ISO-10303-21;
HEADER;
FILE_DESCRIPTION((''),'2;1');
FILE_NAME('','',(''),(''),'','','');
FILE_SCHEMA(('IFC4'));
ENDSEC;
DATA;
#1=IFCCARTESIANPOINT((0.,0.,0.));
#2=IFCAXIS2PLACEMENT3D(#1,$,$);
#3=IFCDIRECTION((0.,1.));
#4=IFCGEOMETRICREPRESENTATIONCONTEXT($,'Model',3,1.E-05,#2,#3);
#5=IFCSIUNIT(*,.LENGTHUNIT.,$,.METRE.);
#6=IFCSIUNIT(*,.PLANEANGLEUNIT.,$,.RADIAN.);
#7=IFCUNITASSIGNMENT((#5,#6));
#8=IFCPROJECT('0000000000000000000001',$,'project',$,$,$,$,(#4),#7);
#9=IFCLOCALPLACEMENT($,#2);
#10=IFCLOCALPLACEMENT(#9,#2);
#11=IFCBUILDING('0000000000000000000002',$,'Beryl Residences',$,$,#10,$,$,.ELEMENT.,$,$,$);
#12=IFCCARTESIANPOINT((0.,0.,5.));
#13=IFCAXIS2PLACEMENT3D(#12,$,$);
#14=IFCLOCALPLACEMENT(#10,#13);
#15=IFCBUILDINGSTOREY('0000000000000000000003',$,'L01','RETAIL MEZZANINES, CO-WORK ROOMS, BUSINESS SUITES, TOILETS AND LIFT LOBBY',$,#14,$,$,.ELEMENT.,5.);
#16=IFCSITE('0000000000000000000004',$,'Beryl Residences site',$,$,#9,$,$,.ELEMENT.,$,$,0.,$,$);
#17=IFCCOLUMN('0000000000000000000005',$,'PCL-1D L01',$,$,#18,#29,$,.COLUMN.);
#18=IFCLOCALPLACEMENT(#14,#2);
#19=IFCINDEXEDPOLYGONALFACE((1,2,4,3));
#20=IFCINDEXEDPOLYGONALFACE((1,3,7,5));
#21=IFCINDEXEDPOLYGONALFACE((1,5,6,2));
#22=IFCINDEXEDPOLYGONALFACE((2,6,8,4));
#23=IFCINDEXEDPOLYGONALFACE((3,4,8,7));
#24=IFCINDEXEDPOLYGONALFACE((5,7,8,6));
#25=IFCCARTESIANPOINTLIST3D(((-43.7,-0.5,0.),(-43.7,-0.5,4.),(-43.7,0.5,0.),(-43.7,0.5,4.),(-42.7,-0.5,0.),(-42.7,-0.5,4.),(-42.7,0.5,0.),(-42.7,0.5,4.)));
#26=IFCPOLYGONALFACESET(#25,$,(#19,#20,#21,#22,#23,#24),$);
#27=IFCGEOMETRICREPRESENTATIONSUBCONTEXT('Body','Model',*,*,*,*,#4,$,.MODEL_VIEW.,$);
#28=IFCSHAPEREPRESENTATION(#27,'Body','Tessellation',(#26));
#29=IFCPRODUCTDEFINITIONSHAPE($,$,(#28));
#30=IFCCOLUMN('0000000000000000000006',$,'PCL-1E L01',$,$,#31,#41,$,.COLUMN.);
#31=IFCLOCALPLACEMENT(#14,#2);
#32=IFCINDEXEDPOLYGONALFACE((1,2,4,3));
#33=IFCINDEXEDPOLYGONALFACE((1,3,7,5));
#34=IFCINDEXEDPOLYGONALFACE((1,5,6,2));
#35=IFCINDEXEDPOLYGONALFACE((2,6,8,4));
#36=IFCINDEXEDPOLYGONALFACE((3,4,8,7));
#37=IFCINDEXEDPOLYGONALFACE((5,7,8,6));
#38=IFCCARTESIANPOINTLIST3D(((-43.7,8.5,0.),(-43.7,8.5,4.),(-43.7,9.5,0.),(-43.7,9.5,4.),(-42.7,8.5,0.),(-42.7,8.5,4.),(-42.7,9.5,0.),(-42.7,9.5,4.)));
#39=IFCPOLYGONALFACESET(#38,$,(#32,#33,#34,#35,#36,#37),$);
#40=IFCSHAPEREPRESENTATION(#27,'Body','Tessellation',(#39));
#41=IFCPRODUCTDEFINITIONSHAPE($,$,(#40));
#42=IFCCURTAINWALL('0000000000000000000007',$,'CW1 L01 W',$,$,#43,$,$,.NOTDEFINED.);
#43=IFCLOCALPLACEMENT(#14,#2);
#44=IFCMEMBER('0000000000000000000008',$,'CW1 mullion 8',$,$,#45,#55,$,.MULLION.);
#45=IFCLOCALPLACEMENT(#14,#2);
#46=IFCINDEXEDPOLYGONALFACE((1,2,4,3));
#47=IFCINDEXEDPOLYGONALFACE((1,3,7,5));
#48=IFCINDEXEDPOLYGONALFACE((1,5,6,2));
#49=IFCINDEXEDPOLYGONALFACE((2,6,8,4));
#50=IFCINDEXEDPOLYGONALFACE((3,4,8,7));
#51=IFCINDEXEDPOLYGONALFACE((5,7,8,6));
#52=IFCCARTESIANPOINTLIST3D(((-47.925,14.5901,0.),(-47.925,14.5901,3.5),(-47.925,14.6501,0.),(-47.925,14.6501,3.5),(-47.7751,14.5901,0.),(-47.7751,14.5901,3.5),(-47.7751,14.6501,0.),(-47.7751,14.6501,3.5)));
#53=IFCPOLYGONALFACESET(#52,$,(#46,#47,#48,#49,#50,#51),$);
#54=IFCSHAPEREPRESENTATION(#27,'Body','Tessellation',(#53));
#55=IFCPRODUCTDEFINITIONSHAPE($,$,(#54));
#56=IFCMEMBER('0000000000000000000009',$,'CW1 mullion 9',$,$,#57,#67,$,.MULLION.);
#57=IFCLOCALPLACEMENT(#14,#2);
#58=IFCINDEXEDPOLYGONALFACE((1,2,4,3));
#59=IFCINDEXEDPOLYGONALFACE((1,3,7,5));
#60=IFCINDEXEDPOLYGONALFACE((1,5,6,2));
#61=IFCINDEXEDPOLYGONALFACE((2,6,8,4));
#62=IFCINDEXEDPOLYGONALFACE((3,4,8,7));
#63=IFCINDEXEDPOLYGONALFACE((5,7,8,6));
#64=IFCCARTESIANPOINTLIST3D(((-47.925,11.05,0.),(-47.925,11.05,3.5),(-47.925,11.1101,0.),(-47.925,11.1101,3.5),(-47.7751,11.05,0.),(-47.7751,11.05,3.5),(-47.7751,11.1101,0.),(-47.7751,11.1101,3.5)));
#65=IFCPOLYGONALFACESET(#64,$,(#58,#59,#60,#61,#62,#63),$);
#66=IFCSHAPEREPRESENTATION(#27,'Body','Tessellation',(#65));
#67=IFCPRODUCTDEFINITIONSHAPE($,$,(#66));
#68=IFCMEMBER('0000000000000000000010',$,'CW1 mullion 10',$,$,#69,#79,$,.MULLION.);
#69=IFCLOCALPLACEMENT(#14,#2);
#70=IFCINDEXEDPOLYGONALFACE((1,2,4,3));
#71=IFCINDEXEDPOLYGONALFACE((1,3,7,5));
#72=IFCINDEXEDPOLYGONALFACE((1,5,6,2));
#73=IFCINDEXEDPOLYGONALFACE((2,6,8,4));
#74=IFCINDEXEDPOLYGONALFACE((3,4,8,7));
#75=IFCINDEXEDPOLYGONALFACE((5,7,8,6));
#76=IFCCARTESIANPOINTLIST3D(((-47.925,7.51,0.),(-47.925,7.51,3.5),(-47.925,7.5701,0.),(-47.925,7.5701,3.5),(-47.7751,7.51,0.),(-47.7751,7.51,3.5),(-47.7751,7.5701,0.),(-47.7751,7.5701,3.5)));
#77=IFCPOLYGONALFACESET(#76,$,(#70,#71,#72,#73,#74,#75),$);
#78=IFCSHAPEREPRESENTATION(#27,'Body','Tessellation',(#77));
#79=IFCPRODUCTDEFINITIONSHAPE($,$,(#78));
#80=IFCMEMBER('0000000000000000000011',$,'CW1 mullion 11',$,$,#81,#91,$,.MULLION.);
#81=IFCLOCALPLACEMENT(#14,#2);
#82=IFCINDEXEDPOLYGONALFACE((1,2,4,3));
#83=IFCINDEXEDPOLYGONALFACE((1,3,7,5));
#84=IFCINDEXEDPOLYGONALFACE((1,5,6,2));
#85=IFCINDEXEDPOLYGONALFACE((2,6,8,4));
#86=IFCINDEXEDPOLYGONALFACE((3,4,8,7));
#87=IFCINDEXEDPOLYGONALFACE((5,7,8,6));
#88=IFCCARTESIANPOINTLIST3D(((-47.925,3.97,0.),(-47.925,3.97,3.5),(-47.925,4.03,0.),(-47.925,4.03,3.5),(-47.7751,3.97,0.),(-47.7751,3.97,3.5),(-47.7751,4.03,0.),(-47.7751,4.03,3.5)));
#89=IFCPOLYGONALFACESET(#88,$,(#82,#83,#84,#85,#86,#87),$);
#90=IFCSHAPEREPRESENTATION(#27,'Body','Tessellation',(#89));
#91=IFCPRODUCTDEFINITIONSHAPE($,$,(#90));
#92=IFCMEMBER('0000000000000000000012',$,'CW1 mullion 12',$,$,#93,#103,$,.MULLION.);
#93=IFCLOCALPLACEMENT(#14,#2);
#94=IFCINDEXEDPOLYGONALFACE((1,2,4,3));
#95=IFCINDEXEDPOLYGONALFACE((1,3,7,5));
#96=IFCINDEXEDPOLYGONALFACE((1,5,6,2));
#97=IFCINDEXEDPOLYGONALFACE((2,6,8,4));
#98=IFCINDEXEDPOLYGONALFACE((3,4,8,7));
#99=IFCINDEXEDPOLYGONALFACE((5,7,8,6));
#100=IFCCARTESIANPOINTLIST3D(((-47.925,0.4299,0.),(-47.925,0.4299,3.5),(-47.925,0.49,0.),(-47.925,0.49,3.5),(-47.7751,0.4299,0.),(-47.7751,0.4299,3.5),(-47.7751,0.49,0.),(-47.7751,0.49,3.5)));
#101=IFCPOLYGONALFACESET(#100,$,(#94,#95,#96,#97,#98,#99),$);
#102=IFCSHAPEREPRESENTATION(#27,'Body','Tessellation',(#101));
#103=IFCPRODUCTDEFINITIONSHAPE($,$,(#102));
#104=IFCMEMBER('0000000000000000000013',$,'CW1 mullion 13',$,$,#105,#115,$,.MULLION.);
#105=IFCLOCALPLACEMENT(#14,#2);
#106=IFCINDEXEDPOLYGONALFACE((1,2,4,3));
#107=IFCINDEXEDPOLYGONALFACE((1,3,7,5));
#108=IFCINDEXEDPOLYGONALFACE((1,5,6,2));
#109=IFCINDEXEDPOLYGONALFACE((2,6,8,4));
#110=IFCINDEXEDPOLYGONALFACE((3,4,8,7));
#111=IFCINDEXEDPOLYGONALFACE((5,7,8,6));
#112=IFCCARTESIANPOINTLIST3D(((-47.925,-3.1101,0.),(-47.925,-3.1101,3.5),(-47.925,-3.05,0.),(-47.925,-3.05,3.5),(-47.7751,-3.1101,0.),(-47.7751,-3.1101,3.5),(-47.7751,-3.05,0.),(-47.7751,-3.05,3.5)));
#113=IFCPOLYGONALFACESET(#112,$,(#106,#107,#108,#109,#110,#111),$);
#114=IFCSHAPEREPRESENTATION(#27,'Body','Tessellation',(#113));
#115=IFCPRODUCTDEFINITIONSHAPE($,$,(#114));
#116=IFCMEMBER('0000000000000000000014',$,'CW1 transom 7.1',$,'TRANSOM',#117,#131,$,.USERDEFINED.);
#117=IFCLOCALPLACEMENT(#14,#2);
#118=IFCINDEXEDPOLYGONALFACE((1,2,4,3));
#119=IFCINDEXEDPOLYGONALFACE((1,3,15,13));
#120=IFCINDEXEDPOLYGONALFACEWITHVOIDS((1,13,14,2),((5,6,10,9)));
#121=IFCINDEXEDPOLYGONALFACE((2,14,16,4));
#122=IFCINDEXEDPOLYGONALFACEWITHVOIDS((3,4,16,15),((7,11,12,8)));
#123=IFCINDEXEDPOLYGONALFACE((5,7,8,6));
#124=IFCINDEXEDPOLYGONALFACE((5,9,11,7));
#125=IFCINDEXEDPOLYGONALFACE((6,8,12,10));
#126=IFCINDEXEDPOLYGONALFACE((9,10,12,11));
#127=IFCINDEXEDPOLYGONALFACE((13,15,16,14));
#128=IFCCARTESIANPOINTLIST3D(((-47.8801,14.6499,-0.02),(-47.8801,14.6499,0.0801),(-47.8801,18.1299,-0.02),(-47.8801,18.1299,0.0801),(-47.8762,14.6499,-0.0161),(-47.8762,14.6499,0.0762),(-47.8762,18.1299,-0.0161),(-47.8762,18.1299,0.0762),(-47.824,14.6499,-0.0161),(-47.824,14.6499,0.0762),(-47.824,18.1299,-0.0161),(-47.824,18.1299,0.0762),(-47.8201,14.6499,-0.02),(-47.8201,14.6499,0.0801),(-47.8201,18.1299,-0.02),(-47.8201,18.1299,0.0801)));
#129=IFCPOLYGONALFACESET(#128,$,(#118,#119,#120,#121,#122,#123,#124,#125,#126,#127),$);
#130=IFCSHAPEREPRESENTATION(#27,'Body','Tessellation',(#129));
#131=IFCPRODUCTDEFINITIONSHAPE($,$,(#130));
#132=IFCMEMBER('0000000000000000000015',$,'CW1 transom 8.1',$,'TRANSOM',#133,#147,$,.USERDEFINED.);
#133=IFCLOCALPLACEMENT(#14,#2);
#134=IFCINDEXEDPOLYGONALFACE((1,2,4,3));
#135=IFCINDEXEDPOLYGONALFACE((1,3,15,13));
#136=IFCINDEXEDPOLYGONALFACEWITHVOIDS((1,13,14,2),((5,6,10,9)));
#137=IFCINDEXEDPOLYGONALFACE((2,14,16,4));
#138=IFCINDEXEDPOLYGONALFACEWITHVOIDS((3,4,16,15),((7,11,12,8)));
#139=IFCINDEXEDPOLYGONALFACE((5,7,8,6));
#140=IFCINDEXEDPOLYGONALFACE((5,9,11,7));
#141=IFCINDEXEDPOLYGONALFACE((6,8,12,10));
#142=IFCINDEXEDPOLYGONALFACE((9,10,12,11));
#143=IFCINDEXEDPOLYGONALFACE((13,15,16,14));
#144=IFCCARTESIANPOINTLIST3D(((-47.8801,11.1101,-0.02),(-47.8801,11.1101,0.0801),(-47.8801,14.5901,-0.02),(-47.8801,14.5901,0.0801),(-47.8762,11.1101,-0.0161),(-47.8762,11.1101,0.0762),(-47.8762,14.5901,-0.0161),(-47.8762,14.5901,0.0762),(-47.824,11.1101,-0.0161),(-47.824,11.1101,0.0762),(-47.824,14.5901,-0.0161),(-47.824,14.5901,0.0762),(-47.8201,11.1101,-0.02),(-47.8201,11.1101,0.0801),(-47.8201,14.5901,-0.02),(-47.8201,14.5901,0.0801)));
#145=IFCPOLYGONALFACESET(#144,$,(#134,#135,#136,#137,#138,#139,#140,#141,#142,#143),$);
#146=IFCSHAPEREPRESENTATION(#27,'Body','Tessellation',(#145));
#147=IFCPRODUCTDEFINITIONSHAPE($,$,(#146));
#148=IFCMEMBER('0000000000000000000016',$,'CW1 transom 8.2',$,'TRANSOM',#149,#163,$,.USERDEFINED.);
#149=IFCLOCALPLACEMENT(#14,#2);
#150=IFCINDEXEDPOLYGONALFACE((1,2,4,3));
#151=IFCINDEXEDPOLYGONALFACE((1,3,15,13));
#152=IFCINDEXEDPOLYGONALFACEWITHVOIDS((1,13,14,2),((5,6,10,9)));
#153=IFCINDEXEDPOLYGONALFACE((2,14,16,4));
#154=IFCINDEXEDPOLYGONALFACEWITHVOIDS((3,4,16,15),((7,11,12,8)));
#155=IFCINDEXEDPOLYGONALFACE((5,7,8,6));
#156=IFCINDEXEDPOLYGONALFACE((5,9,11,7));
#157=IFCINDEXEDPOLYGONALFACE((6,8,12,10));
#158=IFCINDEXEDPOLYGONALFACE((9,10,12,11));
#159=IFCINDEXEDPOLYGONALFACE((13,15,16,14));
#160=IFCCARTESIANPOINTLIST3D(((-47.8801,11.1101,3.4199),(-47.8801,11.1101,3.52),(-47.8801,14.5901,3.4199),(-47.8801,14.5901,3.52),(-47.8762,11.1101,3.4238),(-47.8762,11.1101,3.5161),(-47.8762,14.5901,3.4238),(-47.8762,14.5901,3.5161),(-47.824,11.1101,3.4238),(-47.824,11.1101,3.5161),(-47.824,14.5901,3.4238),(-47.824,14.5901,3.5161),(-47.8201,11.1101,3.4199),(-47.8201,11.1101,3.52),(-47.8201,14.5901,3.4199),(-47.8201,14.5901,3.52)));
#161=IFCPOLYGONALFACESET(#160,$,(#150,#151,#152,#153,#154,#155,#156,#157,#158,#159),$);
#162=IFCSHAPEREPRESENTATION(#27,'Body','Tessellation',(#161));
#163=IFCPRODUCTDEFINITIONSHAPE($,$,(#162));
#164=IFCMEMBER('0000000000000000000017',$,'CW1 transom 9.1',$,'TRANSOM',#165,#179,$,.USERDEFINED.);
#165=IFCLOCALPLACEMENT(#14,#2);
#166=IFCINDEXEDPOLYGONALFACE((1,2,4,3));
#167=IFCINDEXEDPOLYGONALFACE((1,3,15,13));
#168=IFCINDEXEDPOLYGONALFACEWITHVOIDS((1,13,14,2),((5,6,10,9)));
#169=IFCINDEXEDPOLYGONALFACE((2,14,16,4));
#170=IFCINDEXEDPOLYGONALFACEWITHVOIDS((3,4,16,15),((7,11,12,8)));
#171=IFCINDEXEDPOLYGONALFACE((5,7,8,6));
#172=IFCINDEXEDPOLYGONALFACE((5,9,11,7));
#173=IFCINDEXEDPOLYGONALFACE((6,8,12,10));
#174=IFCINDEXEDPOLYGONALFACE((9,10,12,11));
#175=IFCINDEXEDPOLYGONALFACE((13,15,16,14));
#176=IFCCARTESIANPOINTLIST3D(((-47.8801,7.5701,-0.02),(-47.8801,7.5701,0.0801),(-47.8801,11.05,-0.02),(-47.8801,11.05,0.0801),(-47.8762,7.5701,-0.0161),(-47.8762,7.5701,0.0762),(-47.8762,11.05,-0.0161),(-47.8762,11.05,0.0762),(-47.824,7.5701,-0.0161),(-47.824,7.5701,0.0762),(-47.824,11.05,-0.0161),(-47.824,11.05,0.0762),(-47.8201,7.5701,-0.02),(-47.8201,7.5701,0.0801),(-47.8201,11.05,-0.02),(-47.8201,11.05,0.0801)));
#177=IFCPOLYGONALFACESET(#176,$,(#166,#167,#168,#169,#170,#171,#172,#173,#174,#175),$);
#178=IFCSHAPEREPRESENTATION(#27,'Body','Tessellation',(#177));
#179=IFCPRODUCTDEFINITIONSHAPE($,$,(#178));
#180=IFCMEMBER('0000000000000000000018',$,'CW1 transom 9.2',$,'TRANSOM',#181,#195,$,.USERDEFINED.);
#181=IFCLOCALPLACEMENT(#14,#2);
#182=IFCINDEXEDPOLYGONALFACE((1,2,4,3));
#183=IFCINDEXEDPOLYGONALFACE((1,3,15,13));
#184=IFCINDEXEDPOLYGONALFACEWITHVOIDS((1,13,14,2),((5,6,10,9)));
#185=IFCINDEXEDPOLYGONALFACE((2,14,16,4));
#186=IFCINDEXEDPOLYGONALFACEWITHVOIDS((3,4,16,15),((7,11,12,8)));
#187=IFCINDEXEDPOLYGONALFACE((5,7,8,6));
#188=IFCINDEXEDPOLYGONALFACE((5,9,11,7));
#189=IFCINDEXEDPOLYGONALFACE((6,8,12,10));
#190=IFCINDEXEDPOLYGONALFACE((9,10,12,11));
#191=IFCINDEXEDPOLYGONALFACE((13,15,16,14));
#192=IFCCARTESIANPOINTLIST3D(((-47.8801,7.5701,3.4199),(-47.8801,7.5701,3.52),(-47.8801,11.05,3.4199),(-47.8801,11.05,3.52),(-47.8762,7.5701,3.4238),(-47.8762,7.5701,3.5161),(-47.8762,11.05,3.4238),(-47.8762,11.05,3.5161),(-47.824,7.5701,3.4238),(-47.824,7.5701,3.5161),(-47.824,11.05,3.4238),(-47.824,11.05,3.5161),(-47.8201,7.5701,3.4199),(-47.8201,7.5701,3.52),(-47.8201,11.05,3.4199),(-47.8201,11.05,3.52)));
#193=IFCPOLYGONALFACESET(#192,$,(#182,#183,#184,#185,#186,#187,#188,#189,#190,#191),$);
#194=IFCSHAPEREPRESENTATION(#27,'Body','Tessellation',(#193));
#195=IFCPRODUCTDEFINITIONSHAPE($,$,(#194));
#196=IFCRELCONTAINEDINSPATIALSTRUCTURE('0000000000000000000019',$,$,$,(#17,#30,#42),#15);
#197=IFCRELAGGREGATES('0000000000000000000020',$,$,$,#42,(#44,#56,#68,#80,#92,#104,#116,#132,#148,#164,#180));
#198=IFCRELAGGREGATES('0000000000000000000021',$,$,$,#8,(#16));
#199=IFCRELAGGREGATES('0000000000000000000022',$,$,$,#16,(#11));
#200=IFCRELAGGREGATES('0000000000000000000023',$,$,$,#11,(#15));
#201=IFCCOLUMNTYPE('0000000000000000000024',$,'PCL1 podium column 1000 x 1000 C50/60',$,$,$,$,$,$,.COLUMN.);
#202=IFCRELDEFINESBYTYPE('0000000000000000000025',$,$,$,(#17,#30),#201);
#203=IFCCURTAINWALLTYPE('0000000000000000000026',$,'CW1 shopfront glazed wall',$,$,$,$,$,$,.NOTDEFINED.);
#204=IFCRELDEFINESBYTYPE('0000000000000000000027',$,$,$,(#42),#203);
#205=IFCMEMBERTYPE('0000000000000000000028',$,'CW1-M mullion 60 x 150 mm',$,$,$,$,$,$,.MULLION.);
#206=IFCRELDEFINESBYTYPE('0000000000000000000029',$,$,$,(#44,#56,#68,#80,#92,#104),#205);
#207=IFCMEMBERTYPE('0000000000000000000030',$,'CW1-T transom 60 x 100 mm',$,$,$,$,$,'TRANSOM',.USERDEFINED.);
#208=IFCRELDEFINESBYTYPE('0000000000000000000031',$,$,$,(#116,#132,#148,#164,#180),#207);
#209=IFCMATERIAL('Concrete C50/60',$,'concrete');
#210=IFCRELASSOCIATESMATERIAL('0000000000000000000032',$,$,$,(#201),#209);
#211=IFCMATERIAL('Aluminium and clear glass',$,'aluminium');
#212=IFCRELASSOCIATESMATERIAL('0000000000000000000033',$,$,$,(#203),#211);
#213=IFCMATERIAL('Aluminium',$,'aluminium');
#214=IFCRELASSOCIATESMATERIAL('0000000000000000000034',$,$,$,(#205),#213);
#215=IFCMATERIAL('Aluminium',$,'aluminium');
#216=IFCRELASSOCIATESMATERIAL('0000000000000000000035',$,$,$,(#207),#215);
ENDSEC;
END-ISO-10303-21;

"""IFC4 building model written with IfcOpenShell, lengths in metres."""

from ifc_helpers import new_model, si_unit, direction, frame, origin, origin_2d, place, context, subcontext, project, spatial, rectangle, hollow_rectangle, extrude, material, material_profile, profile_set, type_object, element, aggregate, save


model = new_model("IFC4")

# Units and contexts
model_context = context("Model", 3, precision=1e-05, world=origin(), true_north=direction((0.0, 1.0)))
body_context = subcontext(model_context, "Body", "Model", "MODEL_VIEW")
ifc_project = project(units=[si_unit("LENGTHUNIT", "METRE"), si_unit("PLANEANGLEUNIT", "RADIAN")], contexts=[model_context])

# Site, building, storey
site_placement = place(None, origin())
site = spatial("IfcSite", under=ifc_project, at=site_placement, Name="Beryl Residences site", CompositionType="ELEMENT", RefElevation=0.0)
building_placement = place(site_placement, origin())
building = spatial("IfcBuilding", under=site, at=building_placement, Name="Beryl Residences", CompositionType="ELEMENT")
storey_placement = place(building_placement, frame((0.0, 0.0, 5.0)))
storey = spatial("IfcBuildingStorey", under=building, at=storey_placement, Name="L01", Description="RETAIL MEZZANINES, CO-WORK ROOMS, BUSINESS SUITES, TOILETS AND LIFT LOBBY", CompositionType="ELEMENT", Elevation=5.0)

# Columns
ifc_material_1 = material(Name="Concrete C50/60", Category="concrete")
ifc_material_profile_1 = material_profile(ifc_material_1, rectangle(XDim=1.0, YDim=1.0, at=origin_2d()))
ifc_profile_set_1 = profile_set([ifc_material_profile_1], Name="Concrete C50/60")
column_type = type_object("IfcColumnType", Name="PCL1 podium column 1000 x 1000 C50/60", PredefinedType="COLUMN", material=ifc_profile_set_1)
for number, where, z_axis, x_axis, name in (
    (1, (-43.2, 0.0, 0.0), (0.0, 0.0, 1.0), (1.0, 0.0, 0.0), "PCL-1D L01"),
    (2, (-43.2, 9.0, 0.0), (0.0, 0.0, 1.0), (1.0, 0.0, 0.0), "PCL-1E L01"),
):
    element("IfcColumn", number, at=place(storey_placement, frame(where, z_axis=z_axis, x_axis=x_axis)), inside=storey, type_object=column_type, Name=name, PredefinedType="COLUMN", context=body_context, shape_type="SweptSolid", body=[
        extrude(rectangle(XDim=1.0, YDim=1.0, at=origin_2d()), origin(), (0.0, 0.0, 1.0), 4.0),
    ])

# Curtain wall, members
ifc_material_2 = material(Name="Aluminium and clear glass", Category="aluminium")
curtain_wall_type = type_object("IfcCurtainWallType", Name="CW1 shopfront glazed wall", PredefinedType="NOTDEFINED", material=ifc_material_2)
curtain_wall_placement = place(storey_placement, origin())
curtain_wall = element("IfcCurtainWall", 3, at=curtain_wall_placement, inside=storey, type_object=curtain_wall_type, Name="CW1 L01 W", PredefinedType="NOTDEFINED")
ifc_material_3 = material(Name="Aluminium", Category="aluminium")
ifc_material_profile_2 = material_profile(ifc_material_3, rectangle(XDim=0.0601, YDim=0.1499, at=origin_2d()))
ifc_profile_set_2 = profile_set([ifc_material_profile_2], Name="Aluminium")
member_type_1 = type_object("IfcMemberType", Name="CW1-M mullion 60 x 150 mm", PredefinedType="MULLION", material=ifc_profile_set_2)
member_1_placement = place(storey_placement, frame((-47.8501, 14.6201, 0.0), z_axis=(0.0, 0.0, 1.0), x_axis=(0.0, -1.0, 0.0)))
member_1 = element("IfcMember", 4, at=member_1_placement, type_object=member_type_1, Name="CW1 mullion 8", PredefinedType="MULLION", context=body_context, shape_type="SweptSolid", body=[
    extrude(rectangle(XDim=0.0601, YDim=0.1499, at=origin_2d()), origin(), (0.0, 0.0, 1.0), 3.5),
])
member_2_placement = place(storey_placement, frame((-47.8501, 11.0801, 0.0), z_axis=(0.0, 0.0, 1.0), x_axis=(0.0, -1.0, 0.0)))
member_2 = element("IfcMember", 5, at=member_2_placement, type_object=member_type_1, Name="CW1 mullion 9", PredefinedType="MULLION", context=body_context, shape_type="SweptSolid", body=[
    extrude(rectangle(XDim=0.0601, YDim=0.1499, at=origin_2d()), origin(), (0.0, 0.0, 1.0), 3.5),
])
member_3_placement = place(storey_placement, frame((-47.8501, 7.54, 0.0), z_axis=(0.0, 0.0, 1.0), x_axis=(0.0, -1.0, 0.0)))
member_3 = element("IfcMember", 6, at=member_3_placement, type_object=member_type_1, Name="CW1 mullion 10", PredefinedType="MULLION", context=body_context, shape_type="SweptSolid", body=[
    extrude(rectangle(XDim=0.0601, YDim=0.1499, at=origin_2d()), origin(), (0.0, 0.0, 1.0), 3.5),
])
member_4_placement = place(storey_placement, frame((-47.8501, 4.0, 0.0), z_axis=(0.0, 0.0, 1.0), x_axis=(0.0, -1.0, 0.0)))
member_4 = element("IfcMember", 7, at=member_4_placement, type_object=member_type_1, Name="CW1 mullion 11", PredefinedType="MULLION", context=body_context, shape_type="SweptSolid", body=[
    extrude(rectangle(XDim=0.0601, YDim=0.1499, at=origin_2d()), origin(), (0.0, 0.0, 1.0), 3.5),
])
member_5_placement = place(storey_placement, frame((-47.8501, 0.46, 0.0), z_axis=(0.0, 0.0, 1.0), x_axis=(0.0, -1.0, 0.0)))
member_5 = element("IfcMember", 8, at=member_5_placement, type_object=member_type_1, Name="CW1 mullion 12", PredefinedType="MULLION", context=body_context, shape_type="SweptSolid", body=[
    extrude(rectangle(XDim=0.0601, YDim=0.1499, at=origin_2d()), origin(), (0.0, 0.0, 1.0), 3.5),
])
member_6_placement = place(storey_placement, frame((-47.8501, -3.0801, 0.0), z_axis=(0.0, 0.0, 1.0), x_axis=(0.0, -1.0, 0.0)))
member_6 = element("IfcMember", 9, at=member_6_placement, type_object=member_type_1, Name="CW1 mullion 13", PredefinedType="MULLION", context=body_context, shape_type="SweptSolid", body=[
    extrude(rectangle(XDim=0.0601, YDim=0.1499, at=origin_2d()), origin(), (0.0, 0.0, 1.0), 3.5),
])
ifc_material_4 = material(Name="Aluminium", Category="aluminium")
ifc_material_profile_3 = material_profile(ifc_material_4, hollow_rectangle(XDim=0.0601, YDim=0.1001, WallThickness=0.0039, at=origin_2d()))
ifc_profile_set_3 = profile_set([ifc_material_profile_3], Name="Aluminium")
member_type_2 = type_object("IfcMemberType", Name="CW1-T transom 60 x 100 mm", ElementType="TRANSOM", PredefinedType="USERDEFINED", material=ifc_profile_set_3)
member_7_placement = place(storey_placement, frame((-47.8501, 18.1299, 0.03), z_axis=(0.0, -1.0, 0.0), x_axis=(1.0, 0.0, 0.0)))
member_7 = element("IfcMember", 10, at=member_7_placement, type_object=member_type_2, Name="CW1 transom 7.1", ObjectType="TRANSOM", PredefinedType="USERDEFINED", context=body_context, shape_type="SweptSolid", body=[
    extrude(hollow_rectangle(XDim=0.0601, YDim=0.1001, WallThickness=0.0039, at=origin_2d()), origin(), (0.0, 0.0, 1.0), 3.48),
])
member_8_placement = place(storey_placement, frame((-47.8501, 14.5901, 0.03), z_axis=(0.0, -1.0, 0.0), x_axis=(1.0, 0.0, 0.0)))
member_8 = element("IfcMember", 11, at=member_8_placement, type_object=member_type_2, Name="CW1 transom 8.1", ObjectType="TRANSOM", PredefinedType="USERDEFINED", context=body_context, shape_type="SweptSolid", body=[
    extrude(hollow_rectangle(XDim=0.0601, YDim=0.1001, WallThickness=0.0039, at=origin_2d()), origin(), (0.0, 0.0, 1.0), 3.48),
])
member_9_placement = place(storey_placement, frame((-47.8501, 14.5901, 3.47), z_axis=(0.0, -1.0, 0.0), x_axis=(1.0, 0.0, 0.0)))
member_9 = element("IfcMember", 12, at=member_9_placement, type_object=member_type_2, Name="CW1 transom 8.2", ObjectType="TRANSOM", PredefinedType="USERDEFINED", context=body_context, shape_type="SweptSolid", body=[
    extrude(hollow_rectangle(XDim=0.0601, YDim=0.1001, WallThickness=0.0039, at=origin_2d()), origin(), (0.0, 0.0, 1.0), 3.48),
])
member_10_placement = place(storey_placement, frame((-47.8501, 11.05, 0.03), z_axis=(0.0, -1.0, 0.0), x_axis=(1.0, 0.0, 0.0)))
member_10 = element("IfcMember", 13, at=member_10_placement, type_object=member_type_2, Name="CW1 transom 9.1", ObjectType="TRANSOM", PredefinedType="USERDEFINED", context=body_context, shape_type="SweptSolid", body=[
    extrude(hollow_rectangle(XDim=0.0601, YDim=0.1001, WallThickness=0.0039, at=origin_2d()), origin(), (0.0, 0.0, 1.0), 3.48),
])
member_11_placement = place(storey_placement, frame((-47.8501, 11.05, 3.47), z_axis=(0.0, -1.0, 0.0), x_axis=(1.0, 0.0, 0.0)))
member_11 = element("IfcMember", 14, at=member_11_placement, type_object=member_type_2, Name="CW1 transom 9.2", ObjectType="TRANSOM", PredefinedType="USERDEFINED", context=body_context, shape_type="SweptSolid", body=[
    extrude(hollow_rectangle(XDim=0.0601, YDim=0.1001, WallThickness=0.0039, at=origin_2d()), origin(), (0.0, 0.0, 1.0), 3.48),
])
aggregate(curtain_wall, [member_1, member_2, member_3, member_4, member_5, member_6, member_7, member_8, member_9, member_10, member_11])

save(model, "model.ifc")
